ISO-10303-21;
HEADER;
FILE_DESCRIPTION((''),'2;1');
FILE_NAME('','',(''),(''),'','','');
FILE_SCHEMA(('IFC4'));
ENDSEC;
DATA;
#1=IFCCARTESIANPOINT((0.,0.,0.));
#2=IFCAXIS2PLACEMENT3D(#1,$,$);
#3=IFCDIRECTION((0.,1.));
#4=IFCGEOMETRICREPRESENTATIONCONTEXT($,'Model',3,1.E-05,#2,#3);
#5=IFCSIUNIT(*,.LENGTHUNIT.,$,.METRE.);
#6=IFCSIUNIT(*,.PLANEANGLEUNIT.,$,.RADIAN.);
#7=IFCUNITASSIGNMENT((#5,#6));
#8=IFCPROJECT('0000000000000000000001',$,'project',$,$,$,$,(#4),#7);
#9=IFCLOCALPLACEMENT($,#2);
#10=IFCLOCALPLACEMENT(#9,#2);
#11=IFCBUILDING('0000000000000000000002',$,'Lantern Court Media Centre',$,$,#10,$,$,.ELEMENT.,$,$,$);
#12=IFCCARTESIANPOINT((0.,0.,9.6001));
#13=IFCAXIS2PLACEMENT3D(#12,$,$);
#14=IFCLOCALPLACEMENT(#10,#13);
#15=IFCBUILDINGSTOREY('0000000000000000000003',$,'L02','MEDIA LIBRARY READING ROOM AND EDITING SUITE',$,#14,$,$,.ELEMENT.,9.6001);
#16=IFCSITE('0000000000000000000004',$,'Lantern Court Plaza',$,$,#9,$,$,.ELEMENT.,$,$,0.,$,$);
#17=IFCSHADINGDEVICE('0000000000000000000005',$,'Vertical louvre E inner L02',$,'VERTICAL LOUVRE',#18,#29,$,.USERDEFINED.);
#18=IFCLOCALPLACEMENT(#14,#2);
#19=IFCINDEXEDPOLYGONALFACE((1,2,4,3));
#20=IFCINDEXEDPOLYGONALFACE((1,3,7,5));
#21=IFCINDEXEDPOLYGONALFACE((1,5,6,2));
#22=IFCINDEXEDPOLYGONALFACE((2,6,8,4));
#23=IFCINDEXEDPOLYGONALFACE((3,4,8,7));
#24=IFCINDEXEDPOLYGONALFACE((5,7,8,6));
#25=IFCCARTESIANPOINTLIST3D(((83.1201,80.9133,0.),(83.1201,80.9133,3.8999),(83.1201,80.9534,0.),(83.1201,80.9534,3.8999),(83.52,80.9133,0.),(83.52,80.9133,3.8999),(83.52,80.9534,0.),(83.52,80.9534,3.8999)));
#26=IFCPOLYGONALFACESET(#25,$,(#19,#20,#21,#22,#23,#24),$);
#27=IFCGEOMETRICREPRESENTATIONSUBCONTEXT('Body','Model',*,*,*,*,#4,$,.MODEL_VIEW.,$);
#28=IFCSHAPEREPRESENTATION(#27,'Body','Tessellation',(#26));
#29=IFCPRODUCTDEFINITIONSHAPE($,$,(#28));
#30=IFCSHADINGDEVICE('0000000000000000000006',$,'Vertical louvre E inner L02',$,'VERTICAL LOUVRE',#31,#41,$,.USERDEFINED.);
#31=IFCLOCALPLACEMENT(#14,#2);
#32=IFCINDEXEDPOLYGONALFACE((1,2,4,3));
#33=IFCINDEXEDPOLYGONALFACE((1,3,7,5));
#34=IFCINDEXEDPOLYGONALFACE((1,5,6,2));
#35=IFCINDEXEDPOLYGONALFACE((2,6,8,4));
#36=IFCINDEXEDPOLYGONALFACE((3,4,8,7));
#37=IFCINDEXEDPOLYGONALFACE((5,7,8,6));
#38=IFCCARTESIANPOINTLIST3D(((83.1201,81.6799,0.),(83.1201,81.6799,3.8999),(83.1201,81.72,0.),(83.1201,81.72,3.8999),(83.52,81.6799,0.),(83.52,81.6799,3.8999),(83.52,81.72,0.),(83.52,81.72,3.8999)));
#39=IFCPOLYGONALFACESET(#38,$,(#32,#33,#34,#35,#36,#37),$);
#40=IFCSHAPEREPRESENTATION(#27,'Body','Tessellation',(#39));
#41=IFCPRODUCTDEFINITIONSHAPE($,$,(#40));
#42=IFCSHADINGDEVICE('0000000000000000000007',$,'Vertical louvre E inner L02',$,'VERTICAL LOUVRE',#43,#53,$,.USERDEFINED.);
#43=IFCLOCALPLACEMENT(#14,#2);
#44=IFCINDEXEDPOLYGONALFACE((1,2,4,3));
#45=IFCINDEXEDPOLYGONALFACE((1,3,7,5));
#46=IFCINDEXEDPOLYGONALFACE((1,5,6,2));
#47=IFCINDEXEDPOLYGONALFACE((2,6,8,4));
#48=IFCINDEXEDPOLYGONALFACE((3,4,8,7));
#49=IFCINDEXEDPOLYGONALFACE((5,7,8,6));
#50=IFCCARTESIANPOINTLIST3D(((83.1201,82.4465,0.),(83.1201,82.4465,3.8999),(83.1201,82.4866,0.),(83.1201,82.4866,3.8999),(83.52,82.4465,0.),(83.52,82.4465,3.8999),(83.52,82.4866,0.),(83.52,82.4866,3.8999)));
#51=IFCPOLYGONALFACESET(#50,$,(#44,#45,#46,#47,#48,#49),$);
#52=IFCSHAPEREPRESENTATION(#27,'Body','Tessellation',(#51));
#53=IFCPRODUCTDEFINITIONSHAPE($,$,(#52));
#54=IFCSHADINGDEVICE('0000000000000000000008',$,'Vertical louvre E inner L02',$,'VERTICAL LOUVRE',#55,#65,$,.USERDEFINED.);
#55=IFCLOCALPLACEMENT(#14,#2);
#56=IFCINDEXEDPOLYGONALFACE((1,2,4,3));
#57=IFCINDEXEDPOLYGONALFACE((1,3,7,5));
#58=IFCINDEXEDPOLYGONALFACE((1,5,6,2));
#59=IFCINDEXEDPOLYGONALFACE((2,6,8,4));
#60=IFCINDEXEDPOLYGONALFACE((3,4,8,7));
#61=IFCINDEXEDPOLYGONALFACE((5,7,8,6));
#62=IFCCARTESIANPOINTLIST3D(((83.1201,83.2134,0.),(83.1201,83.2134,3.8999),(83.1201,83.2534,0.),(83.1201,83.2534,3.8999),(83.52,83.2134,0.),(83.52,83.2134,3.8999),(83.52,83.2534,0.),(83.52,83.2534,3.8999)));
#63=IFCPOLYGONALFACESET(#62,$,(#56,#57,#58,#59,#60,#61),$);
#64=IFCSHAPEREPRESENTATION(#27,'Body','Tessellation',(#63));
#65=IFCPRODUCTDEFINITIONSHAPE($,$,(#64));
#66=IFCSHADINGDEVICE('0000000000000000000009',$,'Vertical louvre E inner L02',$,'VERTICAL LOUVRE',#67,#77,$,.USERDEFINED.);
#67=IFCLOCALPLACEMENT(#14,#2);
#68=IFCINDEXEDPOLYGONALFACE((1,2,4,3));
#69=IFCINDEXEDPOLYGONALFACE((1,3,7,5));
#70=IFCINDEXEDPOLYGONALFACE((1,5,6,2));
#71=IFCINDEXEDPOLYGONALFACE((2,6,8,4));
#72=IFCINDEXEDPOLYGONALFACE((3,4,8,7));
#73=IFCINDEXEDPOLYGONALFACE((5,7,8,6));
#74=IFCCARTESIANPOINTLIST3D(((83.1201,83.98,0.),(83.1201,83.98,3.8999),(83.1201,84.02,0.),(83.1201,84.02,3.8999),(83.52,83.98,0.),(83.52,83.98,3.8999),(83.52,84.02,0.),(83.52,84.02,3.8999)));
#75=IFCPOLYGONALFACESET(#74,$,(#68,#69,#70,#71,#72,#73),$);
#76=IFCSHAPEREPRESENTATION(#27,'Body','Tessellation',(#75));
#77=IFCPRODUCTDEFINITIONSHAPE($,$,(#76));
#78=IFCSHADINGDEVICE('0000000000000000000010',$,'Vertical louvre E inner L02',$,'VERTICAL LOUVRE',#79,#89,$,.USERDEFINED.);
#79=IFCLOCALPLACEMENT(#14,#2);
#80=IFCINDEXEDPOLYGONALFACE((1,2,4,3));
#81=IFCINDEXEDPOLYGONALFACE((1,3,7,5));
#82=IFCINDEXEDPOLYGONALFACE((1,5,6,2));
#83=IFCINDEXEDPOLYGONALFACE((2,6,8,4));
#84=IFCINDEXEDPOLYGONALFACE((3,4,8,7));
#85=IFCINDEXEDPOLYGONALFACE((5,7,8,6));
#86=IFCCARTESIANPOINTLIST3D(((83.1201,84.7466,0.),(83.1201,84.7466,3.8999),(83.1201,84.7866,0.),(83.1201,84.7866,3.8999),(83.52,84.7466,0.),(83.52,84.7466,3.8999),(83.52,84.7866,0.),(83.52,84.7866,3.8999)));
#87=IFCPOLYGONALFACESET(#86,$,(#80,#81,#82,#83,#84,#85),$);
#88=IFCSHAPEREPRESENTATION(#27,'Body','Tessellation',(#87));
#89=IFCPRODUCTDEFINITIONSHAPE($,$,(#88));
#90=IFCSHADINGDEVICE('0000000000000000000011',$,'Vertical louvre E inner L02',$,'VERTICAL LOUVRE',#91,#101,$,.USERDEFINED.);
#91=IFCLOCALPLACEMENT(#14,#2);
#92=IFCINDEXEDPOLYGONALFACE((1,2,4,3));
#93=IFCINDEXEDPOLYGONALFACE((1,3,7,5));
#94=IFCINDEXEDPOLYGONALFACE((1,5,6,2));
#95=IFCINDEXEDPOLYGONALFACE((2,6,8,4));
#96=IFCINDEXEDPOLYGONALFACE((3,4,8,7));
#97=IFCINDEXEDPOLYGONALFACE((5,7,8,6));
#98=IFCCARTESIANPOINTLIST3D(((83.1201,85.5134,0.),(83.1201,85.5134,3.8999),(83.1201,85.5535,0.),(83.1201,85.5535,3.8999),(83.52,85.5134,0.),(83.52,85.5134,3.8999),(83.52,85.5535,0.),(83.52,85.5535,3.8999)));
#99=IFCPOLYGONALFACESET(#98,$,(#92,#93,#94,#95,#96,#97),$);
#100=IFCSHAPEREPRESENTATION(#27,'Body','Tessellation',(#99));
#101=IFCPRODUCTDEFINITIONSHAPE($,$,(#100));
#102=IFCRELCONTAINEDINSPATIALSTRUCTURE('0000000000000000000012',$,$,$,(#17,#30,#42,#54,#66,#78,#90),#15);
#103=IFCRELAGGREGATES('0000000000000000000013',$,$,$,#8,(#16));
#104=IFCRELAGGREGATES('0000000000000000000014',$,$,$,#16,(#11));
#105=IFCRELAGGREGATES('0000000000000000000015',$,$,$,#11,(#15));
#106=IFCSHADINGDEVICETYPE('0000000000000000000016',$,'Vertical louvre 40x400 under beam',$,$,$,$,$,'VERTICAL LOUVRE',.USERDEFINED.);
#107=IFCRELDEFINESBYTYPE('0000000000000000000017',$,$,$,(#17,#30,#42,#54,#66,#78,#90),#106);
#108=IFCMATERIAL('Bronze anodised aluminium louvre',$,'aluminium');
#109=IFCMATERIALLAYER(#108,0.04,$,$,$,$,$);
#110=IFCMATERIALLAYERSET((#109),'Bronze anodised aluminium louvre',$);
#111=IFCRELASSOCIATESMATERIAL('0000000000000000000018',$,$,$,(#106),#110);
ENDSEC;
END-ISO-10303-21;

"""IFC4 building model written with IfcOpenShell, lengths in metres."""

from ifc_helpers import new_model, si_unit, direction, frame, origin, origin_2d, place, context, subcontext, project, spatial, rectangle, extrude, material, layer, layer_set, type_object, element, save


model = new_model("IFC4")

# Units and contexts
model_context = context("Model", 3, precision=1e-05, world=origin(), true_north=direction((0.0, 1.0)))
body_context = subcontext(model_context, "Body", "Model", "MODEL_VIEW")
ifc_project = project(units=[si_unit("LENGTHUNIT", "METRE"), si_unit("PLANEANGLEUNIT", "RADIAN")], contexts=[model_context])

# Site, building, storey
site_placement = place(None, origin())
site = spatial("IfcSite", under=ifc_project, at=site_placement, Name="Lantern Court Plaza", CompositionType="ELEMENT", RefElevation=0.0)
building_placement = place(site_placement, origin())
building = spatial("IfcBuilding", under=site, at=building_placement, Name="Lantern Court Media Centre", CompositionType="ELEMENT")
storey_placement = place(building_placement, frame((0.0, 0.0, 9.6001)))
storey = spatial("IfcBuildingStorey", under=building, at=storey_placement, Name="L02", Description="MEDIA LIBRARY READING ROOM AND EDITING SUITE", CompositionType="ELEMENT", Elevation=9.6001)

# Shading devices
ifc_material_1 = material(Name="Bronze anodised aluminium louvre", Category="aluminium")
ifc_layer = layer(ifc_material_1, 0.04)
ifc_layer_set = layer_set([ifc_layer], Name="Bronze anodised aluminium louvre")
shading_device_type = type_object("IfcShadingDeviceType", Name="Vertical louvre 40x400 under beam", ElementType="VERTICAL LOUVRE", PredefinedType="USERDEFINED", material=ifc_layer_set)
for number, where, z_axis, x_axis, name in (
    (1, (83.3201, 80.9333, 0.0), (0.0, 0.0, 1.0), (1.0, 0.0, 0.0), "Vertical louvre E inner L02"),
    (2, (83.3201, 81.7, 0.0), (0.0, 0.0, 1.0), (1.0, 0.0, 0.0), "Vertical louvre E inner L02"),
    (3, (83.3201, 82.4666, 0.0), (0.0, 0.0, 1.0), (1.0, 0.0, 0.0), "Vertical louvre E inner L02"),
    (4, (83.3201, 83.2334, 0.0), (0.0, 0.0, 1.0), (1.0, 0.0, 0.0), "Vertical louvre E inner L02"),
    (5, (83.3201, 84.0, 0.0), (0.0, 0.0, 1.0), (1.0, 0.0, 0.0), "Vertical louvre E inner L02"),
    (6, (83.3201, 84.7666, 0.0), (0.0, 0.0, 1.0), (1.0, 0.0, 0.0), "Vertical louvre E inner L02"),
    (7, (83.3201, 85.5334, 0.0), (0.0, 0.0, 1.0), (1.0, 0.0, 0.0), "Vertical louvre E inner L02"),
):
    element("IfcShadingDevice", number, at=place(storey_placement, frame(where, z_axis=z_axis, x_axis=x_axis)), inside=storey, type_object=shading_device_type, Name=name, ObjectType="VERTICAL LOUVRE", PredefinedType="USERDEFINED", context=body_context, shape_type="SweptSolid", body=[
        extrude(rectangle(XDim=0.3999, YDim=0.04, at=origin_2d()), origin(), (0.0, 0.0, 1.0), 3.8999),
    ])

save(model, "model.ifc")
